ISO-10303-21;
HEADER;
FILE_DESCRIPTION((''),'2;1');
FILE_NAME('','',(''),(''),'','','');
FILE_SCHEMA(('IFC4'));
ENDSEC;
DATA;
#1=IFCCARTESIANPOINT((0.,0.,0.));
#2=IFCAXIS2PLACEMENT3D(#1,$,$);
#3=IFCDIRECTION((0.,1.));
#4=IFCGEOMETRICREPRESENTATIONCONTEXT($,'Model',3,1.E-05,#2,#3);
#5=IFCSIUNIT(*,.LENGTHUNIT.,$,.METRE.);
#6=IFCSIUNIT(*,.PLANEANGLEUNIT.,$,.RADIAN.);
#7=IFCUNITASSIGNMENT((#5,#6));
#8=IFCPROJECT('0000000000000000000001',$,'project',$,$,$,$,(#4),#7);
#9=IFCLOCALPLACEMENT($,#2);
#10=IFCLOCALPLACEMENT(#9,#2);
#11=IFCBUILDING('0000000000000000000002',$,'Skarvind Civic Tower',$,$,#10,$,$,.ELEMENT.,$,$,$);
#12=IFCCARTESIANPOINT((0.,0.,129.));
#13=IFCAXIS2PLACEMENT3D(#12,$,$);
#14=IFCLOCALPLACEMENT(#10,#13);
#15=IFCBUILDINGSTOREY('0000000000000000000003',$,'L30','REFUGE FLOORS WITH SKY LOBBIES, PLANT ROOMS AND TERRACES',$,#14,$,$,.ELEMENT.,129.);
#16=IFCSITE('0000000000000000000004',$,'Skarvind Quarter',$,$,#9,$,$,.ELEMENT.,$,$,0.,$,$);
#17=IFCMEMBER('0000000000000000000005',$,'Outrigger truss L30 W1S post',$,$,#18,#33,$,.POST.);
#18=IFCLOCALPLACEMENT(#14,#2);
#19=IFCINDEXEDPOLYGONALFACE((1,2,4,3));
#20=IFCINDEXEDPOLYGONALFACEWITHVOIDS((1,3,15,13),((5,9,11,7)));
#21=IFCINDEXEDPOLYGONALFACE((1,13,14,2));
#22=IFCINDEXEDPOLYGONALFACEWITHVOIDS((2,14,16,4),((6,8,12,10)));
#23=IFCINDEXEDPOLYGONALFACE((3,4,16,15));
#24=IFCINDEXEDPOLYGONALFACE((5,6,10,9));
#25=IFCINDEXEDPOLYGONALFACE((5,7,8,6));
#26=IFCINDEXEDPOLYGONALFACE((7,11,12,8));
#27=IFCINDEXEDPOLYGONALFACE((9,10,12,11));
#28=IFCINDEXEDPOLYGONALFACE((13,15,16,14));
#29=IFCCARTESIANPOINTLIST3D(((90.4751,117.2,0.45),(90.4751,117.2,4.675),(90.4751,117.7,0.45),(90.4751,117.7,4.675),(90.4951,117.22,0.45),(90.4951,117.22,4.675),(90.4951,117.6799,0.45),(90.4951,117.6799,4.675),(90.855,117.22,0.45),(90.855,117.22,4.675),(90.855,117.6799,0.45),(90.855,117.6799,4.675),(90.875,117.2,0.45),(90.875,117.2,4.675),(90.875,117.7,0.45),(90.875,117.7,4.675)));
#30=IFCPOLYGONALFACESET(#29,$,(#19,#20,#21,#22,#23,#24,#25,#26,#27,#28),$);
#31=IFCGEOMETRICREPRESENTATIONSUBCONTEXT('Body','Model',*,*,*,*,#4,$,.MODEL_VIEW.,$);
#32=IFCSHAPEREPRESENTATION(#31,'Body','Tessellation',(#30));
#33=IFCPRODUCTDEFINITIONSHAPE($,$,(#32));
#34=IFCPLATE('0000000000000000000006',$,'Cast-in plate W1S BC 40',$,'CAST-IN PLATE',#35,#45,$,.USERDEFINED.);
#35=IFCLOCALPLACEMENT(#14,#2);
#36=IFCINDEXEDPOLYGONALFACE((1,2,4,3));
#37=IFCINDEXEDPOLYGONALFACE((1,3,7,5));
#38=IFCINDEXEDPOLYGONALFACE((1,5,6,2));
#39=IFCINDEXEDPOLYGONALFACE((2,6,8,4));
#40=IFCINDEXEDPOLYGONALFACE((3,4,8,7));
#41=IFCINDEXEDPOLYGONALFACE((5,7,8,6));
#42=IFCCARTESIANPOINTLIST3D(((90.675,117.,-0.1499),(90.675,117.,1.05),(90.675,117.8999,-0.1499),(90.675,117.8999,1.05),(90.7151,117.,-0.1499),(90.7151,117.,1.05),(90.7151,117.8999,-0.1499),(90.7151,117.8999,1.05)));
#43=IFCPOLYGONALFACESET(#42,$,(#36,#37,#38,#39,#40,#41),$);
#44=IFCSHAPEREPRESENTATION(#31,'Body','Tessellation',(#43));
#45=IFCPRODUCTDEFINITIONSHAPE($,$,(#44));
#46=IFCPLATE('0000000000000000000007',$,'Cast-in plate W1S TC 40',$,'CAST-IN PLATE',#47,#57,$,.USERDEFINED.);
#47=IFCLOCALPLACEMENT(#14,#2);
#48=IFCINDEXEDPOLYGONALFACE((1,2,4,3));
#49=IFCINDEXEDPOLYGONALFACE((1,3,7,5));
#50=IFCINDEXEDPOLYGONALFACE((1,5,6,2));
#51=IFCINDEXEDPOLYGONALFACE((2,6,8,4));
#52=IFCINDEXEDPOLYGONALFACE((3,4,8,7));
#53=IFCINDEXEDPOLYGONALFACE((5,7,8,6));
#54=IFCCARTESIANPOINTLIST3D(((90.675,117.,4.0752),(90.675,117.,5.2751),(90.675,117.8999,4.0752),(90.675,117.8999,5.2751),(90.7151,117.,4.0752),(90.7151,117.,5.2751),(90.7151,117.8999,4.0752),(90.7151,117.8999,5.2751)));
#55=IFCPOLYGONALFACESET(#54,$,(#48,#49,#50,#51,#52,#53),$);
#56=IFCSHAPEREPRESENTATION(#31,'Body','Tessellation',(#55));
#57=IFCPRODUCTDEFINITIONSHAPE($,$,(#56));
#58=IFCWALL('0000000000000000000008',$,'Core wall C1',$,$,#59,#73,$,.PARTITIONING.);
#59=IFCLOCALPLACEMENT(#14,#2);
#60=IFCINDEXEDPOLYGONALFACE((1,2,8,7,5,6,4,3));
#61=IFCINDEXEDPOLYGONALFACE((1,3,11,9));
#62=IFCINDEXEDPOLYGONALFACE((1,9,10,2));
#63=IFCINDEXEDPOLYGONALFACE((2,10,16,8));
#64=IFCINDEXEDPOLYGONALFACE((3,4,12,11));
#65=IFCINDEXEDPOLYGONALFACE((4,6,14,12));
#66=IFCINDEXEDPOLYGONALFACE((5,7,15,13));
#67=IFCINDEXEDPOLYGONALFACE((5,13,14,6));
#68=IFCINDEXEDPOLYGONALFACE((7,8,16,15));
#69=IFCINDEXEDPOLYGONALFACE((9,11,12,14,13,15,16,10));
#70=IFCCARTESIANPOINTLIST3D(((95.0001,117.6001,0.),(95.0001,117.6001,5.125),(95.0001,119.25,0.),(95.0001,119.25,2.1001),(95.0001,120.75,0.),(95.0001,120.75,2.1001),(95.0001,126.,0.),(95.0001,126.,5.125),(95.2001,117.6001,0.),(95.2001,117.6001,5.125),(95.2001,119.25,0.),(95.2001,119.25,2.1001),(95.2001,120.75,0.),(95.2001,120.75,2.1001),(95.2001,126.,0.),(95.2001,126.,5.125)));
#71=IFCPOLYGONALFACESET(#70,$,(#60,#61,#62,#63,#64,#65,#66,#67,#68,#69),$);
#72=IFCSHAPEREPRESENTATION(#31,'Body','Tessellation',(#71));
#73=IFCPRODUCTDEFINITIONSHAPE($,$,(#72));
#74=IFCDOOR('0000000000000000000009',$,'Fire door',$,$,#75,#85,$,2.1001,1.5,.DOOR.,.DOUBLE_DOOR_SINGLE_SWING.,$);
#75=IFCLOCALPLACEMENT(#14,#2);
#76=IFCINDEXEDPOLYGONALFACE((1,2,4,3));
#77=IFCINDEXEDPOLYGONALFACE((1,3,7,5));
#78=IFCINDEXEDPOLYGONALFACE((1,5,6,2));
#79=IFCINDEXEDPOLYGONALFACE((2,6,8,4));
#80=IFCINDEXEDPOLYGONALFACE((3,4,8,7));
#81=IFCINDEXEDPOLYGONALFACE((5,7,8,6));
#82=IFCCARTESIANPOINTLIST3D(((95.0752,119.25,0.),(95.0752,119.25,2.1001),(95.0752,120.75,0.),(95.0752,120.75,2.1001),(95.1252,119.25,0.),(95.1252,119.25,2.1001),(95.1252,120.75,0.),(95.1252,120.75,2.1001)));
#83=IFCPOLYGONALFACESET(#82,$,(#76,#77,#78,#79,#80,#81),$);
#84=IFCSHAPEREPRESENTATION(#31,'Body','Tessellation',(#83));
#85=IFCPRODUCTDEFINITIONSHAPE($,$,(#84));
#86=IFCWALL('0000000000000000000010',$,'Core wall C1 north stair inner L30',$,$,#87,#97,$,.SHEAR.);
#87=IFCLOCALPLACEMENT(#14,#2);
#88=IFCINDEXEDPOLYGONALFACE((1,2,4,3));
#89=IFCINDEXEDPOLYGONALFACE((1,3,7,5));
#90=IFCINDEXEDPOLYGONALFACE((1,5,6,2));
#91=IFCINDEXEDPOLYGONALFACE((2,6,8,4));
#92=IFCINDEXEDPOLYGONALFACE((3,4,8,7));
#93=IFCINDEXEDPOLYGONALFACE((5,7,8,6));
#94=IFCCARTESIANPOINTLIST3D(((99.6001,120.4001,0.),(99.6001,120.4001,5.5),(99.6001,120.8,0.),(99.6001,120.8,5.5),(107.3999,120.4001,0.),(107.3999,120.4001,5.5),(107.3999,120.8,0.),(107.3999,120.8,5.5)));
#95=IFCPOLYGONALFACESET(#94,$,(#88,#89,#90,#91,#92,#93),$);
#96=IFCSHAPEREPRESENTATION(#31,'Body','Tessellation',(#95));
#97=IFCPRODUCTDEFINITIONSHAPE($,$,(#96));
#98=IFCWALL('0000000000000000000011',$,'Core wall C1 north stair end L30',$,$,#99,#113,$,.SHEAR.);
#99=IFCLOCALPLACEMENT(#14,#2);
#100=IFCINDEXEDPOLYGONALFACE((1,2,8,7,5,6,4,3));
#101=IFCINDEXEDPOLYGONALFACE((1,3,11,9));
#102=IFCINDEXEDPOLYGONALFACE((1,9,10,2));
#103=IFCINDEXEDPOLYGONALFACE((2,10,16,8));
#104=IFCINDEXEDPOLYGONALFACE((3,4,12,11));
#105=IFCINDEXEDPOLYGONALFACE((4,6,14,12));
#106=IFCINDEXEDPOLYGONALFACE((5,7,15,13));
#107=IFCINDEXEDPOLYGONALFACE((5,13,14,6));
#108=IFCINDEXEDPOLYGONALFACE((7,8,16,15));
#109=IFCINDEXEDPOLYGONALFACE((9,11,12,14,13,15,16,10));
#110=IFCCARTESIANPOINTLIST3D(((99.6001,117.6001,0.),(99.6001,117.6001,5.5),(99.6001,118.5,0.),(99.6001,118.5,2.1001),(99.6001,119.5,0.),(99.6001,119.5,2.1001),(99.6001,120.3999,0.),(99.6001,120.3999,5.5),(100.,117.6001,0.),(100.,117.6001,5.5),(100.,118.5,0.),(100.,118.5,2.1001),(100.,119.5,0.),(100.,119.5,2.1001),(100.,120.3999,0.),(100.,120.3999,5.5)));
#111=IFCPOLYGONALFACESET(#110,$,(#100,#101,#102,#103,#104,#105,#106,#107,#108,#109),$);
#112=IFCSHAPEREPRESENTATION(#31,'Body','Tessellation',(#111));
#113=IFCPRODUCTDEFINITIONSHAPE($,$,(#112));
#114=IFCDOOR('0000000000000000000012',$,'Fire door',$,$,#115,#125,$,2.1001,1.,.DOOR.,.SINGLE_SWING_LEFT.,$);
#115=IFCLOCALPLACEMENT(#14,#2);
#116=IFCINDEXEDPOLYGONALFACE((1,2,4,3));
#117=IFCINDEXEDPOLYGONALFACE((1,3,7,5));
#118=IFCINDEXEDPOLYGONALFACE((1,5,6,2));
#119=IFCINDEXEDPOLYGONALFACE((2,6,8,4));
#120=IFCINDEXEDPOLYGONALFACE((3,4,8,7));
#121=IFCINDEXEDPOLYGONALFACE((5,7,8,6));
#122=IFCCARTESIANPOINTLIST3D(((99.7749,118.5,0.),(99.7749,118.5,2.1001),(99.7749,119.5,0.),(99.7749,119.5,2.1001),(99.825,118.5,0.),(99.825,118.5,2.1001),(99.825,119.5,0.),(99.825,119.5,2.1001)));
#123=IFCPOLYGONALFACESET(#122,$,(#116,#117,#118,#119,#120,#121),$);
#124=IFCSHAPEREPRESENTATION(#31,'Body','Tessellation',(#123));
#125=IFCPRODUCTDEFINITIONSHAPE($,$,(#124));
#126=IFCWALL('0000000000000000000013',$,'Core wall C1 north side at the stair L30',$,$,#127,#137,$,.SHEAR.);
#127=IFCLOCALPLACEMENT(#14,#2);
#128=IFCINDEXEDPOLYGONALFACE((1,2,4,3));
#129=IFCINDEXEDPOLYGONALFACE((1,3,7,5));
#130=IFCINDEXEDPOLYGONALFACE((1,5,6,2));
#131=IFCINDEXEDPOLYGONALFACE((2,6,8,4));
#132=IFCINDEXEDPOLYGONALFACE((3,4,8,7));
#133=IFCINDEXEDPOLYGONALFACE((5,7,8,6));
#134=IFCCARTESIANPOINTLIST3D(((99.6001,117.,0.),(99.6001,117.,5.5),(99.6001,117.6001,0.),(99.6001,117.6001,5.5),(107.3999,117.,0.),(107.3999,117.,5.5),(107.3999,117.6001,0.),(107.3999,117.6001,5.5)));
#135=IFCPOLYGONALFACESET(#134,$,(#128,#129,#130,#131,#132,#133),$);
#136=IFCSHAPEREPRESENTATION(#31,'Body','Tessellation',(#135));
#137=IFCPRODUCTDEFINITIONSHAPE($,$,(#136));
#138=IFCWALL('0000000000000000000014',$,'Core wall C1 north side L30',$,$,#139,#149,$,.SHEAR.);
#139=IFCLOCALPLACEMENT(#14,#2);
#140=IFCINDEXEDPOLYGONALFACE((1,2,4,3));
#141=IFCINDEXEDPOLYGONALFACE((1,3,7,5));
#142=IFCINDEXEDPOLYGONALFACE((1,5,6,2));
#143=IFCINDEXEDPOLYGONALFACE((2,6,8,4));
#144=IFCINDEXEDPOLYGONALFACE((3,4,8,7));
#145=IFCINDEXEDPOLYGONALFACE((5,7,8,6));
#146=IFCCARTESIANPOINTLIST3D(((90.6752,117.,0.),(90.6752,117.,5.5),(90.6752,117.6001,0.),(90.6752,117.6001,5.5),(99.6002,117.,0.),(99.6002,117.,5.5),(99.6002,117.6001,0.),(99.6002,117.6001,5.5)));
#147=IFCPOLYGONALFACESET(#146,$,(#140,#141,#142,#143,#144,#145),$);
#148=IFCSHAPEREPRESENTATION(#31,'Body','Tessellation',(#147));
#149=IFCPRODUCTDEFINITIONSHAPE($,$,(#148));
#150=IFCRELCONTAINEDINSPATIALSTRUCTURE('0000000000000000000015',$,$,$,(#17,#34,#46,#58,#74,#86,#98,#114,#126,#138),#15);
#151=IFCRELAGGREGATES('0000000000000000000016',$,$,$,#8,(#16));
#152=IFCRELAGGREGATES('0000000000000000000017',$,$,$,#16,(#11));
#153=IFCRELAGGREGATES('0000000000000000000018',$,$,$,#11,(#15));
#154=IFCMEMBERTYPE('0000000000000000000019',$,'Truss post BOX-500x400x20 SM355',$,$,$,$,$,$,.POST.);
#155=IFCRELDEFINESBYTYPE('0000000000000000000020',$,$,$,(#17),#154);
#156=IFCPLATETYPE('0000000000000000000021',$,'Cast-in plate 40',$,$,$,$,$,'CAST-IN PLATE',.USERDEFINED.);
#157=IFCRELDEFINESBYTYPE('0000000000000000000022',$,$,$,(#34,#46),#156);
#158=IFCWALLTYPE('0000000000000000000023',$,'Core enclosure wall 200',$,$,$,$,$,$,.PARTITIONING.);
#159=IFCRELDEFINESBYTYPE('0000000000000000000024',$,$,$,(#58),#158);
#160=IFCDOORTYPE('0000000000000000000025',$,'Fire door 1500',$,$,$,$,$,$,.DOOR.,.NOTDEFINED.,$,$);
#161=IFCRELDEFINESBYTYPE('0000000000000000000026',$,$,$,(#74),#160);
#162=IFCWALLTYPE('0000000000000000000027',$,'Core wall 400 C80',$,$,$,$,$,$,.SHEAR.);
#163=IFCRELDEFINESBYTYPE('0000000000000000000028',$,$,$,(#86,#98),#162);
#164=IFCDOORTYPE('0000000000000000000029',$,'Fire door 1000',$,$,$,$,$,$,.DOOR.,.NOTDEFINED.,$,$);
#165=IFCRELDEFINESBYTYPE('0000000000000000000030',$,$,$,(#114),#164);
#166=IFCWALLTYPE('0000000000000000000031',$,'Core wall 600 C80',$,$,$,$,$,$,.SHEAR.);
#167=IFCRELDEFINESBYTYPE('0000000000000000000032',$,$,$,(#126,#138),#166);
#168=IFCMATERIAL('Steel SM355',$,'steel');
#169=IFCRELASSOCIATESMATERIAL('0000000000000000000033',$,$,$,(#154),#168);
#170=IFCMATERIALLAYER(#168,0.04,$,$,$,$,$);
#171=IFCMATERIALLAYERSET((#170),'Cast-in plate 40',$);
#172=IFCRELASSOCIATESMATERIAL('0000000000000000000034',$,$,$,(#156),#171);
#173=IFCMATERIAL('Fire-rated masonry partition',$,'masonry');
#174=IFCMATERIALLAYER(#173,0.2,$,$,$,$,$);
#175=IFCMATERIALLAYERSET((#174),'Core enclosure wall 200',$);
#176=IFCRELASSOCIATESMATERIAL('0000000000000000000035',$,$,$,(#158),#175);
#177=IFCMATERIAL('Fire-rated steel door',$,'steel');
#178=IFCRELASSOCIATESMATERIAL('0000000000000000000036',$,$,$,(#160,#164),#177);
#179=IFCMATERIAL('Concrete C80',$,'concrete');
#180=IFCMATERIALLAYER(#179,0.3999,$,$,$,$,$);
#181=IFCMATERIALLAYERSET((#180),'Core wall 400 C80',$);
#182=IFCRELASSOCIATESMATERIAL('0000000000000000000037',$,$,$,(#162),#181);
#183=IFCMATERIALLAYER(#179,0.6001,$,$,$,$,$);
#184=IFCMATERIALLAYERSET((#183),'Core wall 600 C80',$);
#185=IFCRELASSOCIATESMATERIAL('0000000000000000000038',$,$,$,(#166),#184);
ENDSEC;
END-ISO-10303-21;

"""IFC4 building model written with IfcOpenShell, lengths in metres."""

from ifc_helpers import new_model, si_unit, direction, frame, frame_2d, origin, origin_2d, place, context, subcontext, project, spatial, rectangle, hollow_rectangle, extrude, material, layer, layer_set, material_profile, profile_set, type_object, element, fill, save


model = new_model("IFC4")

# Units and contexts
model_context = context("Model", 3, precision=1e-05, world=origin(), true_north=direction((0.0, 1.0)))
body_context = subcontext(model_context, "Body", "Model", "MODEL_VIEW")
ifc_project = project(units=[si_unit("LENGTHUNIT", "METRE"), si_unit("PLANEANGLEUNIT", "RADIAN")], contexts=[model_context])

# Site, building, storey
site_placement = place(None, origin())
site = spatial("IfcSite", under=ifc_project, at=site_placement, Name="Skarvind Quarter", CompositionType="ELEMENT", RefElevation=0.0)
building_placement = place(site_placement, origin())
building = spatial("IfcBuilding", under=site, at=building_placement, Name="Skarvind Civic Tower", CompositionType="ELEMENT")
storey_placement = place(building_placement, frame((0.0, 0.0, 129.0)))
storey = spatial("IfcBuildingStorey", under=building, at=storey_placement, Name="L30", Description="REFUGE FLOORS WITH SKY LOBBIES, PLANT ROOMS AND TERRACES", CompositionType="ELEMENT", Elevation=129.0)

# Shared definitions
ifc_material_1 = material(Name="Concrete C80", Category="concrete")

# Member
ifc_material_2 = material(Name="Steel SM355", Category="steel")
ifc_material_profile_1 = material_profile(ifc_material_2, hollow_rectangle(XDim=0.3999, YDim=0.5, WallThickness=0.02, at=origin_2d()), Name="BOX-500x400x20")
ifc_profile_set_1 = profile_set([ifc_material_profile_1], Name="Steel SM355")
member_type_1 = type_object("IfcMemberType", Name="Truss post BOX-500x400x20 SM355", PredefinedType="POST", material=ifc_profile_set_1)
for number, where, z_axis, x_axis, name in (
    (1, (90.675, 117.45, 0.45), (0.0, 0.0, 1.0), (1.0, 0.0, 0.0), "Outrigger truss L30 W1S post"),
):
    element("IfcMember", number, at=place(storey_placement, frame(where, z_axis=z_axis, x_axis=x_axis)), inside=storey, type_object=member_type_1, Name=name, PredefinedType="POST", context=body_context, shape_type="SweptSolid", body=[
        extrude(hollow_rectangle(XDim=0.3999, YDim=0.5, WallThickness=0.02, at=origin_2d()), origin(), (0.0, 0.0, 1.0), 4.2251),
    ])

# Plates
ifc_layer_1 = layer(ifc_material_2, 0.04)
ifc_layer_set_1 = layer_set([ifc_layer_1], Name="Cast-in plate 40")
plate_type = type_object("IfcPlateType", Name="Cast-in plate 40", ElementType="CAST-IN PLATE", PredefinedType="USERDEFINED", material=ifc_layer_set_1)
for number, where, z_axis, x_axis, name in (
    (2, (90.6951, 117.45, -0.1499), (0.0, 0.0, 1.0), (1.0, 0.0, 0.0), "Cast-in plate W1S BC 40"),
    (3, (90.6951, 117.45, 4.0752), (0.0, 0.0, 1.0), (1.0, 0.0, 0.0), "Cast-in plate W1S TC 40"),
):
    element("IfcPlate", number, at=place(storey_placement, frame(where, z_axis=z_axis, x_axis=x_axis)), inside=storey, type_object=plate_type, Name=name, ObjectType="CAST-IN PLATE", PredefinedType="USERDEFINED", context=body_context, shape_type="SweptSolid", body=[
        extrude(rectangle(XDim=0.04, YDim=0.8999, at=origin_2d()), origin(), (0.0, 0.0, 1.0), 1.2),
    ])

# Wall, opening, door
ifc_material_3 = material(Name="Fire-rated masonry partition", Category="masonry")
ifc_layer_2 = layer(ifc_material_3, 0.2)
ifc_layer_set_2 = layer_set([ifc_layer_2], Name="Core enclosure wall 200")
wall_type_1 = type_object("IfcWallType", Name="Core enclosure wall 200", PredefinedType="PARTITIONING", material=ifc_layer_set_2)
wall_1_placement = place(storey_placement, frame((95.1001, 117.6001, 0.0), z_axis=(0.0, 0.0, 1.0), x_axis=(0.0, 1.0, 0.0)))
wall_1 = element("IfcWall", 4, at=wall_1_placement, inside=storey, type_object=wall_type_1, Name="Core wall C1", PredefinedType="PARTITIONING", context=body_context, shape_type="SweptSolid", body=[
    extrude(rectangle(XDim=8.3999, YDim=0.2, at=frame_2d((4.2, 0.0))), origin(), (0.0, 0.0, 1.0), 5.125),
])
opening_1_placement = place(wall_1_placement, frame((1.6499, 0.0, 0.0)))
opening_1 = element("IfcOpeningElement", 5, at=opening_1_placement, cuts=wall_1, PredefinedType="OPENING", context=body_context, shape_type="SweptSolid", body=[
    extrude(rectangle(XDim=1.5, YDim=2.1001, at=frame_2d((0.75, 1.05))), frame((0.0, 0.1099, 0.0), z_axis=(0.0, -1.0, 0.0), x_axis=(1.0, 0.0, 0.0)), (0.0, 0.0, 1.0), 0.22),
])
ifc_material_4 = material(Name="Fire-rated steel door", Category="steel")
door_type_1 = type_object("IfcDoorType", Name="Fire door 1500", OperationType="NOTDEFINED", PredefinedType="DOOR", material=ifc_material_4)
door_1_placement = place(opening_1_placement, origin())
door_1 = element("IfcDoor", 6, at=door_1_placement, inside=storey, type_object=door_type_1, Name="Fire door", OperationType="DOUBLE_DOOR_SINGLE_SWING", OverallHeight=2.1001, OverallWidth=1.5, PredefinedType="DOOR", context=body_context, shape_type="SweptSolid", body=[
    extrude(rectangle(XDim=1.5, YDim=2.1001, at=frame_2d((0.75, 1.05))), frame((0.0, 0.0249, 0.0), z_axis=(0.0, -1.0, 0.0), x_axis=(1.0, 0.0, 0.0)), (0.0, 0.0, 1.0), 0.05),
])
fill(opening_1, door_1)

# Wall
ifc_layer_3 = layer(ifc_material_1, 0.3999)
ifc_layer_set_3 = layer_set([ifc_layer_3], Name="Core wall 400 C80")
wall_type_2 = type_object("IfcWallType", Name="Core wall 400 C80", PredefinedType="SHEAR", material=ifc_layer_set_3)
wall_2_placement = place(storey_placement, frame((107.3999, 120.6001, 0.0), z_axis=(0.0, 0.0, 1.0), x_axis=(-1.0, 0.0, 0.0)))
element("IfcWall", 7, at=wall_2_placement, inside=storey, type_object=wall_type_2, Name="Core wall C1 north stair inner L30", PredefinedType="SHEAR", context=body_context, shape_type="SweptSolid", body=[
    extrude(rectangle(XDim=7.7998, YDim=0.3999, at=frame_2d((3.8999, 0.0))), origin(), (0.0, 0.0, 1.0), 5.5),
])

# Wall, opening, door
wall_3_placement = place(storey_placement, frame((99.8, 120.3999, 0.0), z_axis=(0.0, 0.0, 1.0), x_axis=(0.0, -1.0, 0.0)))
wall_3 = element("IfcWall", 8, at=wall_3_placement, inside=storey, type_object=wall_type_2, Name="Core wall C1 north stair end L30", PredefinedType="SHEAR", context=body_context, shape_type="SweptSolid", body=[
    extrude(rectangle(XDim=2.7998, YDim=0.3999, at=frame_2d((1.3999, 0.0))), origin(), (0.0, 0.0, 1.0), 5.5),
])
opening_2_placement = place(wall_3_placement, frame((0.8999, 0.0, 0.0)))
opening_2 = element("IfcOpeningElement", 9, at=opening_2_placement, cuts=wall_3, PredefinedType="OPENING", context=body_context, shape_type="SweptSolid", body=[
    extrude(rectangle(XDim=1.0, YDim=2.1001, at=frame_2d((0.5, 1.05))), frame((0.0, 0.21, 0.0), z_axis=(0.0, -1.0, 0.0), x_axis=(1.0, 0.0, 0.0)), (0.0, 0.0, 1.0), 0.4199),
])
door_type_2 = type_object("IfcDoorType", Name="Fire door 1000", OperationType="NOTDEFINED", PredefinedType="DOOR", material=ifc_material_4)
door_2_placement = place(opening_2_placement, origin())
door_2 = element("IfcDoor", 10, at=door_2_placement, inside=storey, type_object=door_type_2, Name="Fire door", OperationType="SINGLE_SWING_LEFT", OverallHeight=2.1001, OverallWidth=1.0, PredefinedType="DOOR", context=body_context, shape_type="SweptSolid", body=[
    extrude(rectangle(XDim=1.0, YDim=2.1001, at=frame_2d((0.5, 1.05))), frame((0.0, 0.0249, 0.0), z_axis=(0.0, -1.0, 0.0), x_axis=(1.0, 0.0, 0.0)), (0.0, 0.0, 1.0), 0.05),
])
fill(opening_2, door_2)

# Walls
ifc_layer_4 = layer(ifc_material_1, 0.6001)
ifc_layer_set_4 = layer_set([ifc_layer_4], Name="Core wall 600 C80")
wall_type_3 = type_object("IfcWallType", Name="Core wall 600 C80", PredefinedType="SHEAR", material=ifc_layer_set_4)
wall_4_placement = place(storey_placement, frame((107.3999, 117.3, 0.0), z_axis=(0.0, 0.0, 1.0), x_axis=(-1.0, 0.0, 0.0)))
element("IfcWall", 11, at=wall_4_placement, inside=storey, type_object=wall_type_3, Name="Core wall C1 north side at the stair L30", PredefinedType="SHEAR", context=body_context, shape_type="SweptSolid", body=[
    extrude(rectangle(XDim=7.7998, YDim=0.6001, at=frame_2d((3.8999, 0.0))), origin(), (0.0, 0.0, 1.0), 5.5),
])
wall_5_placement = place(storey_placement, frame((99.6001, 117.3, 0.0), z_axis=(0.0, 0.0, 1.0), x_axis=(-1.0, 0.0, 0.0)))
element("IfcWall", 12, at=wall_5_placement, inside=storey, type_object=wall_type_3, Name="Core wall C1 north side L30", PredefinedType="SHEAR", context=body_context, shape_type="SweptSolid", body=[
    extrude(rectangle(XDim=8.925, YDim=0.6001, at=frame_2d((4.4624, 0.0))), origin(), (0.0, 0.0, 1.0), 5.5),
])

save(model, "model.ifc")
